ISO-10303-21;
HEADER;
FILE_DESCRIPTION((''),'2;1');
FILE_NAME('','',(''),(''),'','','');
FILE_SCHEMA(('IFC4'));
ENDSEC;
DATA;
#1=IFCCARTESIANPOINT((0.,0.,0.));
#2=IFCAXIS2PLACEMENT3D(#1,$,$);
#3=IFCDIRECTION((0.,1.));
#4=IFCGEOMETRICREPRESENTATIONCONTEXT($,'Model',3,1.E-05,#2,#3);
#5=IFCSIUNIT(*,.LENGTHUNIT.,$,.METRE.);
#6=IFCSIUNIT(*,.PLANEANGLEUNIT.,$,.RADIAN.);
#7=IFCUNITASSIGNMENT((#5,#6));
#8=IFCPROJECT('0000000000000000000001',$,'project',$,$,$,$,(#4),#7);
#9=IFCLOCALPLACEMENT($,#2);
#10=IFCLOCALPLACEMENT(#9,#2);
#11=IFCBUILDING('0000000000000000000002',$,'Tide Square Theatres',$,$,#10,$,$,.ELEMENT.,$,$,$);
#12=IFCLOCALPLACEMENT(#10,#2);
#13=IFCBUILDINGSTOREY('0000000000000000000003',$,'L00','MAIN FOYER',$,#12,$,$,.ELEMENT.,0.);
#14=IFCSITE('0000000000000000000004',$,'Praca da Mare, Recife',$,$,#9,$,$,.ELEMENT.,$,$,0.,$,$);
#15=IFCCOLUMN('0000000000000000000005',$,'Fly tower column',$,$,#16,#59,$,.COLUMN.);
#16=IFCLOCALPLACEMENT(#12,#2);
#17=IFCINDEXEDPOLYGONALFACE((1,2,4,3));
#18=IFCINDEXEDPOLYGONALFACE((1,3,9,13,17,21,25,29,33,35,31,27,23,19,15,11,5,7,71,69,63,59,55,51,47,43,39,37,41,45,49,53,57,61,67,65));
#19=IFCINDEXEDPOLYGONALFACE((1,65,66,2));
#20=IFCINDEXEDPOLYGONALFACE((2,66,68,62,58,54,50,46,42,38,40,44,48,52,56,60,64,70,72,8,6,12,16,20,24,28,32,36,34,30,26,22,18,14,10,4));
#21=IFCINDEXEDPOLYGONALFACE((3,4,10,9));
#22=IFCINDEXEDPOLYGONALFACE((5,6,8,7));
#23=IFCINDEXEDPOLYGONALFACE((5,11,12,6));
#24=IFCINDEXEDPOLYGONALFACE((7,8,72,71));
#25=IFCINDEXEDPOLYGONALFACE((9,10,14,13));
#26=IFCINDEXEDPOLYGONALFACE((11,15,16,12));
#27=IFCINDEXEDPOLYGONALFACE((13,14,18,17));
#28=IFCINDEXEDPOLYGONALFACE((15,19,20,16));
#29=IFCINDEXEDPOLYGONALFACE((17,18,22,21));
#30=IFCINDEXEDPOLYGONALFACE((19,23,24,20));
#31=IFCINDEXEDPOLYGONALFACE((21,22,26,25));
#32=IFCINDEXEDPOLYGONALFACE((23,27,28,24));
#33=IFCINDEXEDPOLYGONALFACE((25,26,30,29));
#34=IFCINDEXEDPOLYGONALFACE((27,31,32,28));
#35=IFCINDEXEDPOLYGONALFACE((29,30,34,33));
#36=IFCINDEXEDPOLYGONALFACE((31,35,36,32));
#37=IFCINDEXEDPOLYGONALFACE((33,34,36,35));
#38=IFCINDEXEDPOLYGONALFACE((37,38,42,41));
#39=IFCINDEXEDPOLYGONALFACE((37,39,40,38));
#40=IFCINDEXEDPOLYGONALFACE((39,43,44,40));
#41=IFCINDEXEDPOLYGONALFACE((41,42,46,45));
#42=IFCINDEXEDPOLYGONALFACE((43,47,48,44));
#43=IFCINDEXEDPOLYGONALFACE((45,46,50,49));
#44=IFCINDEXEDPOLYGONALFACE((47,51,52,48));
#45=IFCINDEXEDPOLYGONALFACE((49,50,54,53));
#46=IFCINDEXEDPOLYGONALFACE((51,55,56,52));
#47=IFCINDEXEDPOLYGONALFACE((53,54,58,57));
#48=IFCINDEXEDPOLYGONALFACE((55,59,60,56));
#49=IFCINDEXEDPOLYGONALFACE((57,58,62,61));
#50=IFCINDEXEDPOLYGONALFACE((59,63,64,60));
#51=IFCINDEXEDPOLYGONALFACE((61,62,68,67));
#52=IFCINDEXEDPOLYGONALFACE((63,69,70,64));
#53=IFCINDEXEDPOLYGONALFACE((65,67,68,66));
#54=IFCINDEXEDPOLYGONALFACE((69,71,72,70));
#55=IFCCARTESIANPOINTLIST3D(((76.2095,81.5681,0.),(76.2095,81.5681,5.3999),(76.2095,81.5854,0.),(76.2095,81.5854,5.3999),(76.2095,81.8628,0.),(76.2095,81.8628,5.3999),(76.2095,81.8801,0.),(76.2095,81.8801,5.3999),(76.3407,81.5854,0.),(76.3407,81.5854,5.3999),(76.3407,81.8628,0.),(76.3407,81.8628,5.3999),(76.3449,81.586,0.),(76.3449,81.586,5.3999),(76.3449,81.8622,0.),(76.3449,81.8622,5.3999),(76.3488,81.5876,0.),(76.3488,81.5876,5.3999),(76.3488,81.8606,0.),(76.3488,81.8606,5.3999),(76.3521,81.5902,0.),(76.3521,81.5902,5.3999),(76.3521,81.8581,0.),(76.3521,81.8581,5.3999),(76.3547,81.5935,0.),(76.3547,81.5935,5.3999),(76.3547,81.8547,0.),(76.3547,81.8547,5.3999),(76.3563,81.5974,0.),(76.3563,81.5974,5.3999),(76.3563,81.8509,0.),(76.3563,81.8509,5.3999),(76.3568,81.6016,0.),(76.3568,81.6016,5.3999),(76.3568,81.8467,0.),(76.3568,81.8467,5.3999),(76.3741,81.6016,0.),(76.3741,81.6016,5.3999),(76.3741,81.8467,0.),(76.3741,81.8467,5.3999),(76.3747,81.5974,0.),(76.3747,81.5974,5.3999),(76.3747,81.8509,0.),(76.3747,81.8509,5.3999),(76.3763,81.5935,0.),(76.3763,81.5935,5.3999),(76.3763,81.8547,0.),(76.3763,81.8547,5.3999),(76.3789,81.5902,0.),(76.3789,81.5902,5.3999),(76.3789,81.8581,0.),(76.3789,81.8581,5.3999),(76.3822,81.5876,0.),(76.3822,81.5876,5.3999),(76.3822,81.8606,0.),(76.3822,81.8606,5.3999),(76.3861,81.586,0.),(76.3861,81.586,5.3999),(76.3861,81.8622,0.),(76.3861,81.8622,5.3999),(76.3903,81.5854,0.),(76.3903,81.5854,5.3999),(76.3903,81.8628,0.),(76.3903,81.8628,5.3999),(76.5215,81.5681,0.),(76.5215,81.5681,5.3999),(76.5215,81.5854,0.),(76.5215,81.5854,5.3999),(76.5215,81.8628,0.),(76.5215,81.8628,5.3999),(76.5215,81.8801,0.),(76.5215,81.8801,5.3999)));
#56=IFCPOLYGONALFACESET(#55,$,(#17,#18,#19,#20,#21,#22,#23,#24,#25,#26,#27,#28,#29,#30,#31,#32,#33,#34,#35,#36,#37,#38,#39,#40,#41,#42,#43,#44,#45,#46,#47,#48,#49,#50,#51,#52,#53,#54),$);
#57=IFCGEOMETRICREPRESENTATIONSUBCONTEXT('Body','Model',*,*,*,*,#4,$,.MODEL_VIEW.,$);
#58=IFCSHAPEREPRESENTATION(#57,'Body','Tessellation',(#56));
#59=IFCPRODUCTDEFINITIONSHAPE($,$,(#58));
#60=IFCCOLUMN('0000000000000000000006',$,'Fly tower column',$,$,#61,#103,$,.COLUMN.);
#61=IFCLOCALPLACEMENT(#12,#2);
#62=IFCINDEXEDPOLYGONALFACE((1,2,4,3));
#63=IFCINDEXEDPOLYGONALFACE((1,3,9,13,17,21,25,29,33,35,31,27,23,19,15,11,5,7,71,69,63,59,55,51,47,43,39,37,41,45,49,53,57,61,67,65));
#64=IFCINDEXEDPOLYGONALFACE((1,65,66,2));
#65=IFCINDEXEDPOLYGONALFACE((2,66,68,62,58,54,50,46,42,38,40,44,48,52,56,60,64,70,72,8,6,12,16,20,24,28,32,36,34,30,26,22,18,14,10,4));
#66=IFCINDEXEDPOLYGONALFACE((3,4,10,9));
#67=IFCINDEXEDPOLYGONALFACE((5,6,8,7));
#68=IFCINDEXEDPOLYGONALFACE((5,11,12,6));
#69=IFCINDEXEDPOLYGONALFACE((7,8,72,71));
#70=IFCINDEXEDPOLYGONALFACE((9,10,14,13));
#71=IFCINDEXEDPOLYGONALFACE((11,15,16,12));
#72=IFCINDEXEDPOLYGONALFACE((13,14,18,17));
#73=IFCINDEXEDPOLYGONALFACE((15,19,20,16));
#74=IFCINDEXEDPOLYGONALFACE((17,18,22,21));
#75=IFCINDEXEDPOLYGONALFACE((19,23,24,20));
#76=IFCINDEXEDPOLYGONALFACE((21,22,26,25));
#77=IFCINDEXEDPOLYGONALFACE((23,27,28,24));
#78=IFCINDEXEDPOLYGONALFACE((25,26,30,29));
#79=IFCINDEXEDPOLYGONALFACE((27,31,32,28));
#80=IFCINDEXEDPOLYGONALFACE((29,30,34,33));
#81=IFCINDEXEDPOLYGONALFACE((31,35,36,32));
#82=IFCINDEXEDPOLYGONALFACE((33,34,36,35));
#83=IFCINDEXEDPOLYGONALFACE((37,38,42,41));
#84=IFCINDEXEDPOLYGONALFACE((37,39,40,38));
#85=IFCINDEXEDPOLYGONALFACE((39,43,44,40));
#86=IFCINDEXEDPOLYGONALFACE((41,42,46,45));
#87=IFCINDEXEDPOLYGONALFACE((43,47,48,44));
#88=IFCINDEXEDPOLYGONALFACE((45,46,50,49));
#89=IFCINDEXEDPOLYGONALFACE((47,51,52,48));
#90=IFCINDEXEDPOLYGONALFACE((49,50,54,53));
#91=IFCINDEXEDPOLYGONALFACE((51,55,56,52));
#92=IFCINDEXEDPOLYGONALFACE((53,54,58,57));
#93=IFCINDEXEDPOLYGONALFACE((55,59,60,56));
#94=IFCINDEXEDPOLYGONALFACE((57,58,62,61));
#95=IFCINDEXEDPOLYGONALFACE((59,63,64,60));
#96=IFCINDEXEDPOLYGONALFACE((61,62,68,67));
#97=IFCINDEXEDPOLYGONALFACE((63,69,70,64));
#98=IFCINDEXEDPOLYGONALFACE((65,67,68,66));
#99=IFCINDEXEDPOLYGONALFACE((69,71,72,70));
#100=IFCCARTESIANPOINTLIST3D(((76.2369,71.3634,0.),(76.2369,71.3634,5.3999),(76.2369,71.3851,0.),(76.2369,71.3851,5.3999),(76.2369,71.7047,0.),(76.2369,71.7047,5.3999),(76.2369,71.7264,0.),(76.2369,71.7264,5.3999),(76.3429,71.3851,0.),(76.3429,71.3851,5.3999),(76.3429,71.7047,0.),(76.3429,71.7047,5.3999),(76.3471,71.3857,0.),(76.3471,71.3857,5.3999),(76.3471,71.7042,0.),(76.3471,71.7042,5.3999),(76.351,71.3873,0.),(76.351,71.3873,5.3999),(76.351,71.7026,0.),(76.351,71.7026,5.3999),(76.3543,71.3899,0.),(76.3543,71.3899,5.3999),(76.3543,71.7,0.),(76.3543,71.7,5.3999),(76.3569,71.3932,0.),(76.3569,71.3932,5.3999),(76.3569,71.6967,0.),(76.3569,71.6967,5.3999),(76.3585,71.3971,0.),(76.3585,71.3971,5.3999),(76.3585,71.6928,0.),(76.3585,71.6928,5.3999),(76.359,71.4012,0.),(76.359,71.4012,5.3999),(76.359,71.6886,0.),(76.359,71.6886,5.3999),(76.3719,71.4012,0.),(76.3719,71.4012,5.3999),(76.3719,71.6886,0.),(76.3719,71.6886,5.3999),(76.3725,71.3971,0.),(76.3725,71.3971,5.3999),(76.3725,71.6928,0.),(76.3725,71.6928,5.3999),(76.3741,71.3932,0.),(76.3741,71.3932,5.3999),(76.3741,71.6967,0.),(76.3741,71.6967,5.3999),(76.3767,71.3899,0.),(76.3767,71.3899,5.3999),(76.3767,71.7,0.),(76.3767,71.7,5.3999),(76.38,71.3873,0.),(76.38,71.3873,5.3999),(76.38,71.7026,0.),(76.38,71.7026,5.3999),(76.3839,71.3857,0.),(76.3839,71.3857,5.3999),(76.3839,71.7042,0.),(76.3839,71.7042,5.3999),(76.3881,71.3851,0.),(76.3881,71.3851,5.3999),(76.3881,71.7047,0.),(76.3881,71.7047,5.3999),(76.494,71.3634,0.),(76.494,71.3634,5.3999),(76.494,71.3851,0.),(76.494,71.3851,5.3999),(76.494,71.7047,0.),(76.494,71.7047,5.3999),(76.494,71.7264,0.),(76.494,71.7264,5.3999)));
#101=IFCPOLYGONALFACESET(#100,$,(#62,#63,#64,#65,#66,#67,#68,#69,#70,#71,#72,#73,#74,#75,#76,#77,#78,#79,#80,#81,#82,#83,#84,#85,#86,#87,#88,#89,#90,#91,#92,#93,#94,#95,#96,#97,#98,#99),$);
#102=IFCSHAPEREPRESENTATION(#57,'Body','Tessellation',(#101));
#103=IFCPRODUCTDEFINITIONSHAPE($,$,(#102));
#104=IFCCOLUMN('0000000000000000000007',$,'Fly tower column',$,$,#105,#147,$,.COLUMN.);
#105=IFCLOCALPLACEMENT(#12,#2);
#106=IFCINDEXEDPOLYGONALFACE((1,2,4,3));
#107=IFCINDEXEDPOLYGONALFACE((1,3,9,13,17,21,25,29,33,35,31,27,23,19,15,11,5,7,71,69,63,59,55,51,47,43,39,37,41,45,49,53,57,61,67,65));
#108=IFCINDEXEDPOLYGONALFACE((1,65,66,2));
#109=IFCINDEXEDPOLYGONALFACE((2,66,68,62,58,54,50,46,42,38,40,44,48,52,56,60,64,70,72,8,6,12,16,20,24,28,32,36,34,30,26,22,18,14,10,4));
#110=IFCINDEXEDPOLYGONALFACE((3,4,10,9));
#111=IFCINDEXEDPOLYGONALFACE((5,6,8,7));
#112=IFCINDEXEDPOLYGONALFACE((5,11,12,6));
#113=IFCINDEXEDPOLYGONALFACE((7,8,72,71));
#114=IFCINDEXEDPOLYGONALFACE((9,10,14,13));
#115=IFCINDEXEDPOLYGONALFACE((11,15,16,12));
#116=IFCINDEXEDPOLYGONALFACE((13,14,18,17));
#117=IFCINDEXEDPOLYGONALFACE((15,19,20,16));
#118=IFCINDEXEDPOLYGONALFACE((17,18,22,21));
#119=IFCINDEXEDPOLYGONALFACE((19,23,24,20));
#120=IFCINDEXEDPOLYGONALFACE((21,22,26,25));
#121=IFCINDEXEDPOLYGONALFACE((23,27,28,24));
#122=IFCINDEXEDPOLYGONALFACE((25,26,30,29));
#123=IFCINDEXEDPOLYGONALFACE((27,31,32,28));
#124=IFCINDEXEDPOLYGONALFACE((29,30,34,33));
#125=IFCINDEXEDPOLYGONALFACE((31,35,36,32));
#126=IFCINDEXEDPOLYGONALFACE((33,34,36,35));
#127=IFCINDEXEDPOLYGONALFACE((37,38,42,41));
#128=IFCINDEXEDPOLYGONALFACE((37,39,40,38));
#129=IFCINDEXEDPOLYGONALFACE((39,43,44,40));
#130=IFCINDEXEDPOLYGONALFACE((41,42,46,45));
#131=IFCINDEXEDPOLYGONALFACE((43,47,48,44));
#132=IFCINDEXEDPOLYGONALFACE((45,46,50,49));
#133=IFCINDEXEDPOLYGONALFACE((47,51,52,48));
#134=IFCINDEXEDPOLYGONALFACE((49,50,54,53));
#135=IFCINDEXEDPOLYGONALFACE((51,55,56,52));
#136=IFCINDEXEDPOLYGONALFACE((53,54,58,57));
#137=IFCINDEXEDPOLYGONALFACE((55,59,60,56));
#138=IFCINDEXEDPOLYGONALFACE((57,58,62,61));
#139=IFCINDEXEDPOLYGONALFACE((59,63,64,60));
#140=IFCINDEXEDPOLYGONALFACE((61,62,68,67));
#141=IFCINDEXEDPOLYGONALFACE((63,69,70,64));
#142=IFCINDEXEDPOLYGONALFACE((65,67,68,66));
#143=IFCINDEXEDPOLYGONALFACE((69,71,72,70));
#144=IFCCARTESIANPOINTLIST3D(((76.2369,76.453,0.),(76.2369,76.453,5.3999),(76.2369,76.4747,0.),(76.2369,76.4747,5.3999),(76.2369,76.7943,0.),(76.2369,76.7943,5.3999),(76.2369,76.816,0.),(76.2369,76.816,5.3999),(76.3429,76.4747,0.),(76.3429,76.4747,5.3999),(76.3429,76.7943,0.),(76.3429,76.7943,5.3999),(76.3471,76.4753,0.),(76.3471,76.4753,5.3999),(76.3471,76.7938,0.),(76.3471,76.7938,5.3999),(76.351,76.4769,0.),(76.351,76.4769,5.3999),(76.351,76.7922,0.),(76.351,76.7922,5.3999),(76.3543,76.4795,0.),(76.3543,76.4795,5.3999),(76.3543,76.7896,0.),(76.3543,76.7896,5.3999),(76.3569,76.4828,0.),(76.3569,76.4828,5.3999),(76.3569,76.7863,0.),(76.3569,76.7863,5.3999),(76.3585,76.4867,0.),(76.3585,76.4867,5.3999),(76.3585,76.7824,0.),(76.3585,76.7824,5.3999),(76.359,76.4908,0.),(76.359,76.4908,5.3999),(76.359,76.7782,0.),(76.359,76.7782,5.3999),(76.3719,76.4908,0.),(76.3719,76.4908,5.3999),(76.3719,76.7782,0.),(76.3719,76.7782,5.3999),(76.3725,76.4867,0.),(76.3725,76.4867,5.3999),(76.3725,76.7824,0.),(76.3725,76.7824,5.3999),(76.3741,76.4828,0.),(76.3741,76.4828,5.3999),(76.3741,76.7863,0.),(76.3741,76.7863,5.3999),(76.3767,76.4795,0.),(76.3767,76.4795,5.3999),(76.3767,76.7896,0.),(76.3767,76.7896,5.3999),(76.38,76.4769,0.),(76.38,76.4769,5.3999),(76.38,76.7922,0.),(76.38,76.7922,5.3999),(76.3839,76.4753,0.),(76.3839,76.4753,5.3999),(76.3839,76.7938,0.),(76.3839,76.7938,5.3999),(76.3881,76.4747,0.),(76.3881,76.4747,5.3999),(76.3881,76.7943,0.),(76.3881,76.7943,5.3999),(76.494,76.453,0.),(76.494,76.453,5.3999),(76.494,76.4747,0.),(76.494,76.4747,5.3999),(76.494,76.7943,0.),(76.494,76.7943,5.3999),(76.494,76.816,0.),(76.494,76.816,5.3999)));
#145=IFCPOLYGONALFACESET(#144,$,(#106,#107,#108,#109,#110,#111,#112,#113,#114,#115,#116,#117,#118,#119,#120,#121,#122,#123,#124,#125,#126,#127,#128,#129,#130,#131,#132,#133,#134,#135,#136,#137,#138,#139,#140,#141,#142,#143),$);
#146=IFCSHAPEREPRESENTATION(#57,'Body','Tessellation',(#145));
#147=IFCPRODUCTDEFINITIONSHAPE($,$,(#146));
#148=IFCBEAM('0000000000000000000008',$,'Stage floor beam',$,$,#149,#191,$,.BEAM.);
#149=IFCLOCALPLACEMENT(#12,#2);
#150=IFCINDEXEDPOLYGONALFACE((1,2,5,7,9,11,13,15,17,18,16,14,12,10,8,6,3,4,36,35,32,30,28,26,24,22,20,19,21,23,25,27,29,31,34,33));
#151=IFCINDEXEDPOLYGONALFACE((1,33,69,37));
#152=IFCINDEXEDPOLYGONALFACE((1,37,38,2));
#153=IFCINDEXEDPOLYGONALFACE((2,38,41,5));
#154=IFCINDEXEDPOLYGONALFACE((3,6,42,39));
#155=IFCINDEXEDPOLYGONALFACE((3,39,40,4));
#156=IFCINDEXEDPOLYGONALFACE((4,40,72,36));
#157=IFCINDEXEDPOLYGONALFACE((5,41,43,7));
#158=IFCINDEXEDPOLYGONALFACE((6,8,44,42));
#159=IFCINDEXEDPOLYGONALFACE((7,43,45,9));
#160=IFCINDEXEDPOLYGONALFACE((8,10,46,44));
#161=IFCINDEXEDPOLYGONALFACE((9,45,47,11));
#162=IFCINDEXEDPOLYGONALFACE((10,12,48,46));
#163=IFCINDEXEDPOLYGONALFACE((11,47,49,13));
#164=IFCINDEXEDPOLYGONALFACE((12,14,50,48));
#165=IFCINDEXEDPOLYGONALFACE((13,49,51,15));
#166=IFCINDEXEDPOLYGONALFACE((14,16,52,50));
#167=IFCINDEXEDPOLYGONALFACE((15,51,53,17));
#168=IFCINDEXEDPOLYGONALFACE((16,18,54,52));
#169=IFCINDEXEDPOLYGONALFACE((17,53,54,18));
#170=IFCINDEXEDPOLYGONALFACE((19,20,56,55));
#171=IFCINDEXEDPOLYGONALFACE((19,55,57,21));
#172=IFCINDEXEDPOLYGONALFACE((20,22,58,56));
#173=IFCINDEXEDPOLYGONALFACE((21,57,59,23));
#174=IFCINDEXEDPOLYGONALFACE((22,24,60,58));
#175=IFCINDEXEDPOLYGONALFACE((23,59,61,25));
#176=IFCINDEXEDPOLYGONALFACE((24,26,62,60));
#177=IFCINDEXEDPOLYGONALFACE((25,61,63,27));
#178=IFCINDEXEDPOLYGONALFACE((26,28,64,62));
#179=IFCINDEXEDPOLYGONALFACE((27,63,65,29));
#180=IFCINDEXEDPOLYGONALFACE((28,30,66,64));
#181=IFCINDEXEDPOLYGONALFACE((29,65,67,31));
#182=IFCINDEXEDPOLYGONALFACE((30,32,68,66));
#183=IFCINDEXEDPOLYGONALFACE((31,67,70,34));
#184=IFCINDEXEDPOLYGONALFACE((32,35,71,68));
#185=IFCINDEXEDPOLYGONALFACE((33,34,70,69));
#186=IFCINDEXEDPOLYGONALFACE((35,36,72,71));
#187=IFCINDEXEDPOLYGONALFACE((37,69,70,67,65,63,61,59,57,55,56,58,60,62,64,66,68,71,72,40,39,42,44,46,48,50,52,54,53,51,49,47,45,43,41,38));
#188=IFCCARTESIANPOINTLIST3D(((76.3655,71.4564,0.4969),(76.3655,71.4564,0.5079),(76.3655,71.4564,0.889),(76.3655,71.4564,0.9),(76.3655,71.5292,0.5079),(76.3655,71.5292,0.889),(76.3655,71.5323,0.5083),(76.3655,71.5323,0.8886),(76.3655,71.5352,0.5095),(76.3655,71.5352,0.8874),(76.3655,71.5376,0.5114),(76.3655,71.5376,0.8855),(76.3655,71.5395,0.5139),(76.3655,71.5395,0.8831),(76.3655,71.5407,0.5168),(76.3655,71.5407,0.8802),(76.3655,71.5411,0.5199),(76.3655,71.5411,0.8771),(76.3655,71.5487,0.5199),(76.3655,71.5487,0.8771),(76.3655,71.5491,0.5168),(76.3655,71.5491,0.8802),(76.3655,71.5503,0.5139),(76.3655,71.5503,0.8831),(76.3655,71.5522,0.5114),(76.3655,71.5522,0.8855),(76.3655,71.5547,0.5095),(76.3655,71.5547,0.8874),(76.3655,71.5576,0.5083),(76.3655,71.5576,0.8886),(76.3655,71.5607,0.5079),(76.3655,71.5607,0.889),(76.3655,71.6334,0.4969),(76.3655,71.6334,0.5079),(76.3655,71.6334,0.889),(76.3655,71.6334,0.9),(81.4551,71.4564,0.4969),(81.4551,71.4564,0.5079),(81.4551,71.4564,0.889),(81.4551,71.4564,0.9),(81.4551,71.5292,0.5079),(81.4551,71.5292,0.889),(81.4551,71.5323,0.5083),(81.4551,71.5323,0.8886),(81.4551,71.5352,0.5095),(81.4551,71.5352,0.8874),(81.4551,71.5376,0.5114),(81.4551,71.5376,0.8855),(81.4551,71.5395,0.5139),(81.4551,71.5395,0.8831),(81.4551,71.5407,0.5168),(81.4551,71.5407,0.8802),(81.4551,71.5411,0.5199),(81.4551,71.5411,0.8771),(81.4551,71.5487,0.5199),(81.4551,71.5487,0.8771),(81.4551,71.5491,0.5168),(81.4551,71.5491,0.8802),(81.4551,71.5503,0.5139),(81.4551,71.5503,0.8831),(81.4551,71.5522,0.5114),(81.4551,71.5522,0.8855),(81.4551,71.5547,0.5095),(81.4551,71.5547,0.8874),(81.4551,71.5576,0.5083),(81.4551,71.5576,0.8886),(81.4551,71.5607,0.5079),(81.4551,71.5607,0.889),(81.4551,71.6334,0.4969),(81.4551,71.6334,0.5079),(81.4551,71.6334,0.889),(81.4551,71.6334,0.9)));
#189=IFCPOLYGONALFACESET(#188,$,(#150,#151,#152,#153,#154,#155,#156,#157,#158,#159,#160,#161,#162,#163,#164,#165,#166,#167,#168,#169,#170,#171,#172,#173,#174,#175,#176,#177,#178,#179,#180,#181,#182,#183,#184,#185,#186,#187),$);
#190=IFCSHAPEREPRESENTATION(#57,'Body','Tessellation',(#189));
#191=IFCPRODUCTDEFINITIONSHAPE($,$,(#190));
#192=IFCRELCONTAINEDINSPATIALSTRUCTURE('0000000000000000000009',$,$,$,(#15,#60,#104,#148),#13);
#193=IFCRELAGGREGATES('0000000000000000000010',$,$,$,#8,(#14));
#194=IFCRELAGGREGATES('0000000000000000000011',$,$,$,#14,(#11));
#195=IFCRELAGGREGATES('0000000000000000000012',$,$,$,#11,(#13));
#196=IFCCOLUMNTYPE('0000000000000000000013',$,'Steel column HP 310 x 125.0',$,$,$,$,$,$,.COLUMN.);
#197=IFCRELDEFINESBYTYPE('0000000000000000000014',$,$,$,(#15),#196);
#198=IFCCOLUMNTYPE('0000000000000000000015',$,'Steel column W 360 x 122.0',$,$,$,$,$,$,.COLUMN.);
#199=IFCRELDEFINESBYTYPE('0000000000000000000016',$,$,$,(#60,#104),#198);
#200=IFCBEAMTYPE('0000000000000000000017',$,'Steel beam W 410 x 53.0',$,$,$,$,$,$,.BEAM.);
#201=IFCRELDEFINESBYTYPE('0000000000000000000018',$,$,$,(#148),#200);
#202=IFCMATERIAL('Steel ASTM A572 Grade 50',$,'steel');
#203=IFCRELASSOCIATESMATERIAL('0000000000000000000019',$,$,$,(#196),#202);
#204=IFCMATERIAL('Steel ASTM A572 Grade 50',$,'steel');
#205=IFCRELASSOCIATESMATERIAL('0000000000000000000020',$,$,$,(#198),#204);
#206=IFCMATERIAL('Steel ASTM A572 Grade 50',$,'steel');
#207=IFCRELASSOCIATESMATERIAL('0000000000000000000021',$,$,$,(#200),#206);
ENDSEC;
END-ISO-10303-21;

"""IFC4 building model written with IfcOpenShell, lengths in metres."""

from ifc_helpers import new_model, si_unit, direction, frame, origin, origin_2d, place, context, subcontext, project, spatial, i_section, extrude, material, material_profile, profile_set, type_object, element, save


model = new_model("IFC4")

# Units and contexts
model_context = context("Model", 3, precision=1e-05, world=origin(), true_north=direction((0.0, 1.0)))
body_context = subcontext(model_context, "Body", "Model", "MODEL_VIEW")
ifc_project = project(units=[si_unit("LENGTHUNIT", "METRE"), si_unit("PLANEANGLEUNIT", "RADIAN")], contexts=[model_context])

# Site, building, storey
site_placement = place(None, origin())
site = spatial("IfcSite", under=ifc_project, at=site_placement, Name="Praca da Mare, Recife", CompositionType="ELEMENT", RefElevation=0.0)
building_placement = place(site_placement, origin())
building = spatial("IfcBuilding", under=site, at=building_placement, Name="Tide Square Theatres", CompositionType="ELEMENT")
storey_placement = place(building_placement, origin())
storey = spatial("IfcBuildingStorey", under=building, at=storey_placement, Name="L00", Description="MAIN FOYER", CompositionType="ELEMENT", Elevation=0.0)

# Columns
ifc_material_1 = material(Name="Steel ASTM A572 Grade 50", Category="steel")
ifc_material_profile_1 = material_profile(ifc_material_1, i_section(OverallWidth=0.312, OverallDepth=0.312, WebThickness=0.0173, FlangeThickness=0.0173, FilletRadius=0.0161, at=origin_2d()))
ifc_profile_set_1 = profile_set([ifc_material_profile_1], Name="Steel ASTM A572 Grade 50")
column_type_1 = type_object("IfcColumnType", Name="Steel column HP 310 x 125.0", PredefinedType="COLUMN", material=ifc_profile_set_1)
column_placement = place(storey_placement, frame((76.3655, 81.7241, 0.0), z_axis=(0.0, 0.0, 1.0), x_axis=(1.0, 0.0, 0.0)))
element("IfcColumn", 1, at=column_placement, inside=storey, type_object=column_type_1, Name="Fly tower column", PredefinedType="COLUMN", context=body_context, shape_type="SweptSolid", body=[
    extrude(i_section(OverallWidth=0.312, OverallDepth=0.312, WebThickness=0.0173, FlangeThickness=0.0173, FilletRadius=0.0161, at=origin_2d()), origin(), (0.0, 0.0, 1.0), 5.3999),
])
ifc_material_2 = material(Name="Steel ASTM A572 Grade 50", Category="steel")
ifc_material_profile_2 = material_profile(ifc_material_2, i_section(OverallWidth=0.2571, OverallDepth=0.363, WebThickness=0.0129, FlangeThickness=0.0217, FilletRadius=0.0161, at=origin_2d()))
ifc_profile_set_2 = profile_set([ifc_material_profile_2], Name="Steel ASTM A572 Grade 50")
column_type_2 = type_object("IfcColumnType", Name="Steel column W 360 x 122.0", PredefinedType="COLUMN", material=ifc_profile_set_2)
for number, where, z_axis, x_axis, name in (
    (2, (76.3655, 71.5449, 0.0), (0.0, 0.0, 1.0), (1.0, 0.0, 0.0), "Fly tower column"),
    (3, (76.3655, 76.6345, 0.0), (0.0, 0.0, 1.0), (1.0, 0.0, 0.0), "Fly tower column"),
):
    element("IfcColumn", number, at=place(storey_placement, frame(where, z_axis=z_axis, x_axis=x_axis)), inside=storey, type_object=column_type_2, Name=name, PredefinedType="COLUMN", context=body_context, shape_type="SweptSolid", body=[
        extrude(i_section(OverallWidth=0.2571, OverallDepth=0.363, WebThickness=0.0129, FlangeThickness=0.0217, FilletRadius=0.0161, at=origin_2d()), origin(), (0.0, 0.0, 1.0), 5.3999),
    ])

# Beam
ifc_material_3 = material(Name="Steel ASTM A572 Grade 50", Category="steel")
ifc_material_profile_3 = material_profile(ifc_material_3, i_section(OverallWidth=0.177, OverallDepth=0.4031, WebThickness=0.0076, FlangeThickness=0.011, FilletRadius=0.012, at=origin_2d()))
ifc_profile_set_3 = profile_set([ifc_material_profile_3], Name="Steel ASTM A572 Grade 50")
beam_type = type_object("IfcBeamType", Name="Steel beam W 410 x 53.0", PredefinedType="BEAM", material=ifc_profile_set_3)
for number, where, z_axis, x_axis, name in (
    (4, (76.3655, 71.5449, 0.6985), (1.0, 0.0, 0.0), (0.0, 1.0, 0.0), "Stage floor beam"),
):
    element("IfcBeam", number, at=place(storey_placement, frame(where, z_axis=z_axis, x_axis=x_axis)), inside=storey, type_object=beam_type, Name=name, PredefinedType="BEAM", context=body_context, shape_type="SweptSolid", body=[
        extrude(i_section(OverallWidth=0.177, OverallDepth=0.4031, WebThickness=0.0076, FlangeThickness=0.011, FilletRadius=0.012, at=origin_2d()), origin(), (0.0, 0.0, 1.0), 5.0896),
    ])

save(model, "model.ifc")
